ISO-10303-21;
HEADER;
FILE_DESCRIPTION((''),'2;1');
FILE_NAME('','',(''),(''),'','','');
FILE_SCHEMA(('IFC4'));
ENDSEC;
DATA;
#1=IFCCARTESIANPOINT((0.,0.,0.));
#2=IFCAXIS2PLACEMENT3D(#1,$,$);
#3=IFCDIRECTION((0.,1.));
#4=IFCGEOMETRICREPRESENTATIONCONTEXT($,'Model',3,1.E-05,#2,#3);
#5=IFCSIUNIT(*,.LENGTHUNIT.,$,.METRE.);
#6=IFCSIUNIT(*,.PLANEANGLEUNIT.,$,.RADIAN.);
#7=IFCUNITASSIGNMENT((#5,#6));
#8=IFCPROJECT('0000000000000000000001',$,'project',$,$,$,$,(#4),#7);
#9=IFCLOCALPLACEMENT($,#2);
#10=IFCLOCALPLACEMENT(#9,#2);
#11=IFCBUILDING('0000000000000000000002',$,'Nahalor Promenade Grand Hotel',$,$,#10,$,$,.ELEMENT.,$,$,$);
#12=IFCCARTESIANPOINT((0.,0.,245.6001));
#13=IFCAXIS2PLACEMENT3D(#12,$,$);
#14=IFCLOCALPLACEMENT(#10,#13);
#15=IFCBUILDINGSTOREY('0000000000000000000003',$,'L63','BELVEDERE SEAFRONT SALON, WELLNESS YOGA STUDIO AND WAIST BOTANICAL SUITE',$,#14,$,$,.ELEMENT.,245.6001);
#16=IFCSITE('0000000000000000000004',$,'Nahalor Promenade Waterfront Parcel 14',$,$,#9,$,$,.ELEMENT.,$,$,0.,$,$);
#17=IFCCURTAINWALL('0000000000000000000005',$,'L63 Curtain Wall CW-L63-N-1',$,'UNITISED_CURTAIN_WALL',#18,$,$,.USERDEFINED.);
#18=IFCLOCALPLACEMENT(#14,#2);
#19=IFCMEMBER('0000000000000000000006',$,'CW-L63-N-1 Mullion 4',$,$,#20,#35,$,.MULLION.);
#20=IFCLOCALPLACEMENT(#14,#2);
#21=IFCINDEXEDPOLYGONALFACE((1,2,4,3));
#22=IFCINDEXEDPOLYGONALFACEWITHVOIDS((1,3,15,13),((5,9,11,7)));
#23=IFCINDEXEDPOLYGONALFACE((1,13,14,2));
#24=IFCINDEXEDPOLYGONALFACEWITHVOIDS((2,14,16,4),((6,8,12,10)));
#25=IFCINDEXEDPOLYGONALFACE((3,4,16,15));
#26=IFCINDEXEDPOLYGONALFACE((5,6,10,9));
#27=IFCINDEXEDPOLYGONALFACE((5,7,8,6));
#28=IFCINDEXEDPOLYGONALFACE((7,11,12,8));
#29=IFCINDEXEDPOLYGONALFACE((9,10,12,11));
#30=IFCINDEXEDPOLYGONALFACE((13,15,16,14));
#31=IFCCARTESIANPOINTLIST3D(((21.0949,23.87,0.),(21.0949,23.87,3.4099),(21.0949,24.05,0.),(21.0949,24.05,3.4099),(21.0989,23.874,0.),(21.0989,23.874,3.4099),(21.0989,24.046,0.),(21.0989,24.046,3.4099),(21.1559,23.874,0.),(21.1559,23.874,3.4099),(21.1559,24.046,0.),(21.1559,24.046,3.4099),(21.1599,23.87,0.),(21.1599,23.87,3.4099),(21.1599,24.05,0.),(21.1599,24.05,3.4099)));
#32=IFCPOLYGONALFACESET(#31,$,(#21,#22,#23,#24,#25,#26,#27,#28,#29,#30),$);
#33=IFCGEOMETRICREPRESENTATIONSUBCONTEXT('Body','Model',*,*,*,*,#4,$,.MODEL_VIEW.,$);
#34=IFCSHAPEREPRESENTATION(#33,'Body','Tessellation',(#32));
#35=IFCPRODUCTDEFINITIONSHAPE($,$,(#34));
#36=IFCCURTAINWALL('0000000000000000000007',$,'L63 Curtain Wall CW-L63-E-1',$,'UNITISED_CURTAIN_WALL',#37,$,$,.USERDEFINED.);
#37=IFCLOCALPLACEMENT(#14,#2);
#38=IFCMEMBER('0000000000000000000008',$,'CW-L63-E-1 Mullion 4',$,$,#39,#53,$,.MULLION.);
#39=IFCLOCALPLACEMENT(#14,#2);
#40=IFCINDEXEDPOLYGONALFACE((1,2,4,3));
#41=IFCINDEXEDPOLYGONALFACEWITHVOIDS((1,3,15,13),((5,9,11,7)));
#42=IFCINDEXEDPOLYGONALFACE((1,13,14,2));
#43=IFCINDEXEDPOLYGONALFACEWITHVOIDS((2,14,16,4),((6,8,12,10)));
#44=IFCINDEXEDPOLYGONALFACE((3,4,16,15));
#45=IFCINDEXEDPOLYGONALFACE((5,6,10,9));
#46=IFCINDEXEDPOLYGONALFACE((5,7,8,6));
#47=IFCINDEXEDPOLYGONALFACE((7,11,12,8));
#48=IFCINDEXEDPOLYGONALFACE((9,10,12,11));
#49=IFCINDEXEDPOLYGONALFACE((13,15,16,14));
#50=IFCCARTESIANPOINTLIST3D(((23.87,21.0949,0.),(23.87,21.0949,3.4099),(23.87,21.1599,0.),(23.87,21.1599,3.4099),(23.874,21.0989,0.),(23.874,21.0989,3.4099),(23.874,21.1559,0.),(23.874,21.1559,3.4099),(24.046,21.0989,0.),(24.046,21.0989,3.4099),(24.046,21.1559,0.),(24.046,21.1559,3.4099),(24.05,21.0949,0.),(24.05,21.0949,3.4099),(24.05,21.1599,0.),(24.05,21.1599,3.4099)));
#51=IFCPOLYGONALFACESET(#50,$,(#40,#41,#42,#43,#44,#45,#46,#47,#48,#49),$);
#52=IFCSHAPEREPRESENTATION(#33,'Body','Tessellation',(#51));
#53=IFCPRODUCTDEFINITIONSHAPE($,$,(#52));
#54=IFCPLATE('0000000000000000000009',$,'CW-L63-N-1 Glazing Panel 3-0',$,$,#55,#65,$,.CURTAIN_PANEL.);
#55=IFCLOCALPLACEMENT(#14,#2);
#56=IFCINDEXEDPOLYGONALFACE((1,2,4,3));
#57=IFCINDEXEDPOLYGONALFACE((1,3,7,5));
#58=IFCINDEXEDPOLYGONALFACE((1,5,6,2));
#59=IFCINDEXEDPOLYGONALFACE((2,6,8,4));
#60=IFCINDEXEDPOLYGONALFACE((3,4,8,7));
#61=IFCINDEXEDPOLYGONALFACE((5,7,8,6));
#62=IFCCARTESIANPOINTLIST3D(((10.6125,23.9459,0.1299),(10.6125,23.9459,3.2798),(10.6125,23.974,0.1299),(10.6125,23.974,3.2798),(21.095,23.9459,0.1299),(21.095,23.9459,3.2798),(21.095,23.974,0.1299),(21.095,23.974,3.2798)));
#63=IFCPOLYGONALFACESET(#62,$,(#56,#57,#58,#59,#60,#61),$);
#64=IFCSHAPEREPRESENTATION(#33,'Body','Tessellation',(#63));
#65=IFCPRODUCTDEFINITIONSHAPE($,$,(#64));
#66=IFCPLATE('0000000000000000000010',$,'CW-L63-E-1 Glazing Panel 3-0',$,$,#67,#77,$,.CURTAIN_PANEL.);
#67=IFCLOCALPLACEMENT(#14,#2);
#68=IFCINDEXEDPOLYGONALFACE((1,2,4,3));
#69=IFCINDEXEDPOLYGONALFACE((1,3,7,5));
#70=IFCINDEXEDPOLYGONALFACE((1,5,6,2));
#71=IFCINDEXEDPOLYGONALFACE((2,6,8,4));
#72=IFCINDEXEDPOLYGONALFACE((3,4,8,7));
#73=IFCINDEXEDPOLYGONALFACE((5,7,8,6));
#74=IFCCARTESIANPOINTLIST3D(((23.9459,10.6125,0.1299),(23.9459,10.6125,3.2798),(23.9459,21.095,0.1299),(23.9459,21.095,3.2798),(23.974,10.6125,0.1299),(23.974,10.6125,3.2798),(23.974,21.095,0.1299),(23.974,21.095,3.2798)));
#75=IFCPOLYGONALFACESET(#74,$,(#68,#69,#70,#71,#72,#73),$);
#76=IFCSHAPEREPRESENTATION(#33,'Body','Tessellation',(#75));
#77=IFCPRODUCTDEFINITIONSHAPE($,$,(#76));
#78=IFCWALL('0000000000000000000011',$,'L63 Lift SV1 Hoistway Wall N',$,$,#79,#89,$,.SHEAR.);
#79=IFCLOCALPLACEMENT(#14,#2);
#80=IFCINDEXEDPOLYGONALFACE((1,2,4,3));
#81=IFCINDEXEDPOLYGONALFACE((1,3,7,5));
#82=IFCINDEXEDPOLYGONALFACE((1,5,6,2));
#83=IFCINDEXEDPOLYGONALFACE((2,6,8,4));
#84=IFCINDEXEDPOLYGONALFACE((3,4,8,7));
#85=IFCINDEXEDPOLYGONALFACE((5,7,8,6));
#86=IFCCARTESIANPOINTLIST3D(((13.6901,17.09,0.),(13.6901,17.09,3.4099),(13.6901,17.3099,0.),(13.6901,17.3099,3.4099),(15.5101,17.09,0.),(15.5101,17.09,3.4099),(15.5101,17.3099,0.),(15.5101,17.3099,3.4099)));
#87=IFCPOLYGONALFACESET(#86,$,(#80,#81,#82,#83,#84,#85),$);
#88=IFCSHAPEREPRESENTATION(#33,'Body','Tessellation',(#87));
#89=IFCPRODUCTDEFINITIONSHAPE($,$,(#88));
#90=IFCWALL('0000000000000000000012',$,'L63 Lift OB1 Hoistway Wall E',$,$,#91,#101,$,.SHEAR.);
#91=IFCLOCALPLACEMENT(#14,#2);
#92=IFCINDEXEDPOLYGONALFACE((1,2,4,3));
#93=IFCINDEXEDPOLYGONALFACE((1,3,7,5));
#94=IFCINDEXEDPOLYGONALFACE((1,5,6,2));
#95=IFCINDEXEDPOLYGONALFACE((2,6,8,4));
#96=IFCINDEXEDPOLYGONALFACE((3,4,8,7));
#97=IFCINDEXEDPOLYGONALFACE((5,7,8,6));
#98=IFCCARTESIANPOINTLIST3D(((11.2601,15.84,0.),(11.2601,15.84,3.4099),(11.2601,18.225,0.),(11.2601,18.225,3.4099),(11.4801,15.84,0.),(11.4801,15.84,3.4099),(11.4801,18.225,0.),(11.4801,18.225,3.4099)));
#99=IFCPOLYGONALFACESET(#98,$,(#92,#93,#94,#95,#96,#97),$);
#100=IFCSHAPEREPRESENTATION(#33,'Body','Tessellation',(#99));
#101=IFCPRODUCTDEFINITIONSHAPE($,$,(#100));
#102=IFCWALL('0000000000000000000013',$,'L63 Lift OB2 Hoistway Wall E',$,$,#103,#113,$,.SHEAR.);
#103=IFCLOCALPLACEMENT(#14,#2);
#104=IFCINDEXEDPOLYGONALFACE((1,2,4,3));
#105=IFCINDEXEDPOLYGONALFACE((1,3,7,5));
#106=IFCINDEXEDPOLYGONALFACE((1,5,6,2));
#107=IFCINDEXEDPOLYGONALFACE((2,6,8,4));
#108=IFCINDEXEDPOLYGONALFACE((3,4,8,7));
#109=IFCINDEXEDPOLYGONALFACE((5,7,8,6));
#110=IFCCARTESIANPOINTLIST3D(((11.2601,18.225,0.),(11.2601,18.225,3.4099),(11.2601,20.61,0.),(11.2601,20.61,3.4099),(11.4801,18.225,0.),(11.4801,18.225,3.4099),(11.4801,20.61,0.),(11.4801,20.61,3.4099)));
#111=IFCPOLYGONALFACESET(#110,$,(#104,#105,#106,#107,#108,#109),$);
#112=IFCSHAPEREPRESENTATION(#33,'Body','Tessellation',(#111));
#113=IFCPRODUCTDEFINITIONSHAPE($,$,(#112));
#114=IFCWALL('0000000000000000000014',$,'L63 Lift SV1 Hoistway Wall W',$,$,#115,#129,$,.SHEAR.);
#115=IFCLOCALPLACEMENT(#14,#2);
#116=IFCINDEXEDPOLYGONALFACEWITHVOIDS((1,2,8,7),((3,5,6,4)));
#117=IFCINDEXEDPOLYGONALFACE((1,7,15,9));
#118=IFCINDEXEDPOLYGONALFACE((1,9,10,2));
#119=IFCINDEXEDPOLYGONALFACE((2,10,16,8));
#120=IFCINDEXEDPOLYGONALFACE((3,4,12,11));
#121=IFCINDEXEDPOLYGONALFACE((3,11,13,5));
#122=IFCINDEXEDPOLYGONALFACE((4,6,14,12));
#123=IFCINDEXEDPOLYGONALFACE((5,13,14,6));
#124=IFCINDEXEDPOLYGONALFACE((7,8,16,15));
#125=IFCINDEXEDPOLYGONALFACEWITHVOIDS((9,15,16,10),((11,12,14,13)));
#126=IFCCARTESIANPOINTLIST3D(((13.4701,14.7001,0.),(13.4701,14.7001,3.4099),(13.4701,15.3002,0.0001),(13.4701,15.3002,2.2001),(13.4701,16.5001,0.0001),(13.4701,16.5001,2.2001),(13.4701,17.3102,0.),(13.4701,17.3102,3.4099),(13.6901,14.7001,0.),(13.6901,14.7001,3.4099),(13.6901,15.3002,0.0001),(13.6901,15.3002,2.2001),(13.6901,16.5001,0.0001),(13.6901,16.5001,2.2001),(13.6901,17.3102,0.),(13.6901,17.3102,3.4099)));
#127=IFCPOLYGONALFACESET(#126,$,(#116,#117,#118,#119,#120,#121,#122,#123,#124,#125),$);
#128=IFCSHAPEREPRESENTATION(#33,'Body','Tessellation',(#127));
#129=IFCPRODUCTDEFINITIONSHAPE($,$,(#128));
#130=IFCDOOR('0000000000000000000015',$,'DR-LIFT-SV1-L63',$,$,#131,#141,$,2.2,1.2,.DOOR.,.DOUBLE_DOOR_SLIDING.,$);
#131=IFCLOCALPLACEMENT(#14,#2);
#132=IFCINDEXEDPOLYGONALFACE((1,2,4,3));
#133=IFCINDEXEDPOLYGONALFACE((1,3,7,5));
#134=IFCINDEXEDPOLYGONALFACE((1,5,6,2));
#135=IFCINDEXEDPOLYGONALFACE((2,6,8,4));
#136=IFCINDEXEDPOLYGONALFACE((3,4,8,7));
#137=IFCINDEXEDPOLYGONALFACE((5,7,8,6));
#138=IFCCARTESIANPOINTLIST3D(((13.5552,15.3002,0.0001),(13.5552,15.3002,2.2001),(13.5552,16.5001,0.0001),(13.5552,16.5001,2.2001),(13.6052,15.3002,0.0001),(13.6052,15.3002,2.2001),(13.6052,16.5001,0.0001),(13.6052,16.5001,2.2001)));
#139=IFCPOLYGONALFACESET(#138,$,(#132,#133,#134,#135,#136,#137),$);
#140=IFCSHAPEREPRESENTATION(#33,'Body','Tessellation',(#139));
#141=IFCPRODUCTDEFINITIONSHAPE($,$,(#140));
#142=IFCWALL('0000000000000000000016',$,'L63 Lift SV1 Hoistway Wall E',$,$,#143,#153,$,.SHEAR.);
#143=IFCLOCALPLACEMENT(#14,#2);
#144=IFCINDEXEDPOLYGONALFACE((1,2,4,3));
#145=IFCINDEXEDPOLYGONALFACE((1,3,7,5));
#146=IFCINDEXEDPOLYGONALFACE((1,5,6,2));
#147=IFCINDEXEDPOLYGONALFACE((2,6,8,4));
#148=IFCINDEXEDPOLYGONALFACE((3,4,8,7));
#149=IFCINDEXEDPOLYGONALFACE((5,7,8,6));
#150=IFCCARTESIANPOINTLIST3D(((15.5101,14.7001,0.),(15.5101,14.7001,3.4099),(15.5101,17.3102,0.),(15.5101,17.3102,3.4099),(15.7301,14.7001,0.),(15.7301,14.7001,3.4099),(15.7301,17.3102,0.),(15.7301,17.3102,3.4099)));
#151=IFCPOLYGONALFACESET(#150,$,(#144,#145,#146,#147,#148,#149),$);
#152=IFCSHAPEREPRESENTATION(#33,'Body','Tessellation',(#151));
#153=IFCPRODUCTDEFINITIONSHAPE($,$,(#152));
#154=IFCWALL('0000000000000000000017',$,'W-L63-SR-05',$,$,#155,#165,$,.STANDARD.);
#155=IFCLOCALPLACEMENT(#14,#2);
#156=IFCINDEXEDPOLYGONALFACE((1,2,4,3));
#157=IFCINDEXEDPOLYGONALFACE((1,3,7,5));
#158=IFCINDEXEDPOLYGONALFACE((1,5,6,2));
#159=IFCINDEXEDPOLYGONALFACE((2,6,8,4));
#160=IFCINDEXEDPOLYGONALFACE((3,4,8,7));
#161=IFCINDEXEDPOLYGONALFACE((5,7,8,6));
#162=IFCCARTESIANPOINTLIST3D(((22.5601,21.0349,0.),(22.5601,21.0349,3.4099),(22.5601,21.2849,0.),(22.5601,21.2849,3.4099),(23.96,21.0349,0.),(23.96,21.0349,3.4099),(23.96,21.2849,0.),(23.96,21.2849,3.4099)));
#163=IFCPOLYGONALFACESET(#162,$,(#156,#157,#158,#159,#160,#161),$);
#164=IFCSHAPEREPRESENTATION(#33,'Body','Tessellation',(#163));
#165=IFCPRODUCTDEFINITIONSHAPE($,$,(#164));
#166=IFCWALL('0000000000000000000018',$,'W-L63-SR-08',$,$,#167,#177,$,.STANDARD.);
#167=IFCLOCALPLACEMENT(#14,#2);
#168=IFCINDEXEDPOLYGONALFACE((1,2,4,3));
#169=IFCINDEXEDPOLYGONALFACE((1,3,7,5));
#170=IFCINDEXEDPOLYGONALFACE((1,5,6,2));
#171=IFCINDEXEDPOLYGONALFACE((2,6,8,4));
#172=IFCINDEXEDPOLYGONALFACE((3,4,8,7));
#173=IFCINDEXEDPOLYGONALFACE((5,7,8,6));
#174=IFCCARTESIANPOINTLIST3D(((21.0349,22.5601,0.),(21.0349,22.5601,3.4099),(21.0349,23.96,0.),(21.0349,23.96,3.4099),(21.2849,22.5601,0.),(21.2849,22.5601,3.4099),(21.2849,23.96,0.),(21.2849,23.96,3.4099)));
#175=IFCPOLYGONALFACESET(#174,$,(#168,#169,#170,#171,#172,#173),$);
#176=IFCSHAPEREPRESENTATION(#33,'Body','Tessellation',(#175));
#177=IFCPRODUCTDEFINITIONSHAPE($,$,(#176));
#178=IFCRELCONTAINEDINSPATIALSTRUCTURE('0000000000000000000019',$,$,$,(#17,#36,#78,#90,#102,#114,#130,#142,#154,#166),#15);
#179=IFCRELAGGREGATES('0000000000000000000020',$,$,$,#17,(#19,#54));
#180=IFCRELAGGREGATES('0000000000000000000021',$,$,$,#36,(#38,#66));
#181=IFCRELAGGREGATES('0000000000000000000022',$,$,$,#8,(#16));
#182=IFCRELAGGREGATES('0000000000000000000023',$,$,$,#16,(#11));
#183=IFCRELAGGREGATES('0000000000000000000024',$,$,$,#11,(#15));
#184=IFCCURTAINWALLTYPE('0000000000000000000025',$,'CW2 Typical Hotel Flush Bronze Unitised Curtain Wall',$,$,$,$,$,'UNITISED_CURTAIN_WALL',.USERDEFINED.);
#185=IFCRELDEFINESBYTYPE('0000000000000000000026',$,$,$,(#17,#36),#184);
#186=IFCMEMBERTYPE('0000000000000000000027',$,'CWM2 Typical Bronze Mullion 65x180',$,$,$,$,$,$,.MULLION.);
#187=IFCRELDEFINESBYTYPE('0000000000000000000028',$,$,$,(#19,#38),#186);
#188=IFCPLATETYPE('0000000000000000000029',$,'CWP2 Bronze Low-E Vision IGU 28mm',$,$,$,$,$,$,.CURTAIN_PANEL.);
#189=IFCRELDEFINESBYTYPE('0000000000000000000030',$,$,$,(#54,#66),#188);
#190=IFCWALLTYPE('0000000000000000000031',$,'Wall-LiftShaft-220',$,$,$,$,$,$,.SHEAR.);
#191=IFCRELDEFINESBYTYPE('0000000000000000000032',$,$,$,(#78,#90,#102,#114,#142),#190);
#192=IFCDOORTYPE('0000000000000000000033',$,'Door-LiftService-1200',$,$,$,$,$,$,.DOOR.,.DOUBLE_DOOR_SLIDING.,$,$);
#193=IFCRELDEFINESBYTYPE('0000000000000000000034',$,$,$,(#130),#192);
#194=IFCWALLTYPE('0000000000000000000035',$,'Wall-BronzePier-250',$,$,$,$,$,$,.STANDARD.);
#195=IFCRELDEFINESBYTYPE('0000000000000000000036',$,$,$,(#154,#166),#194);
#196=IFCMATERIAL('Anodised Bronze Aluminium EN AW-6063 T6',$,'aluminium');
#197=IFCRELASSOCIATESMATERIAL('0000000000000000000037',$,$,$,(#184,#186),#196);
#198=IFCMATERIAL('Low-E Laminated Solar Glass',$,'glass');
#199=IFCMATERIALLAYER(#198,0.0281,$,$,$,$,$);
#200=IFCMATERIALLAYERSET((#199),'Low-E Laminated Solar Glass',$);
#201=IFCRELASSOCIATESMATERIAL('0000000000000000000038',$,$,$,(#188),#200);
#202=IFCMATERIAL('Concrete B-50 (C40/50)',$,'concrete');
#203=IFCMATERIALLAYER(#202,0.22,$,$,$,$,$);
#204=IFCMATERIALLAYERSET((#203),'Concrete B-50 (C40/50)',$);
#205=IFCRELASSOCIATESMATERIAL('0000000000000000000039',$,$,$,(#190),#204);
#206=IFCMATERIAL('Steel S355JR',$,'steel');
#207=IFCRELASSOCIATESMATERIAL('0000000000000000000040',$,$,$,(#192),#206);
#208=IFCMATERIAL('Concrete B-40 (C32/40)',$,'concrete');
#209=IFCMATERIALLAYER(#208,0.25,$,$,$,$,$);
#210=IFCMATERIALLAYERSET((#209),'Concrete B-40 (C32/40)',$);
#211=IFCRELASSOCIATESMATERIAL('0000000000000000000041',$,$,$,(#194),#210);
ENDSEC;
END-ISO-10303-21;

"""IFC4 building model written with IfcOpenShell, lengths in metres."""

from ifc_helpers import new_model, si_unit, direction, frame, frame_2d, origin, origin_2d, place, context, subcontext, project, spatial, rectangle, hollow_rectangle, extrude, source, transform, mapped, material, layer, layer_set, material_profile, profile_set, type_object, element, fill, aggregate, save


model = new_model("IFC4")

# Units and contexts
model_context = context("Model", 3, precision=1e-05, world=origin(), true_north=direction((0.0, 1.0)))
body_context = subcontext(model_context, "Body", "Model", "MODEL_VIEW")
ifc_project = project(units=[si_unit("LENGTHUNIT", "METRE"), si_unit("PLANEANGLEUNIT", "RADIAN")], contexts=[model_context])

# Site, building, storey
site_placement = place(None, origin())
site = spatial("IfcSite", under=ifc_project, at=site_placement, Name="Nahalor Promenade Waterfront Parcel 14", CompositionType="ELEMENT", RefElevation=0.0)
building_placement = place(site_placement, origin())
building = spatial("IfcBuilding", under=site, at=building_placement, Name="Nahalor Promenade Grand Hotel", CompositionType="ELEMENT")
storey_placement = place(building_placement, frame((0.0, 0.0, 245.6001)))
storey = spatial("IfcBuildingStorey", under=building, at=storey_placement, Name="L63", Description="BELVEDERE SEAFRONT SALON, WELLNESS YOGA STUDIO AND WAIST BOTANICAL SUITE", CompositionType="ELEMENT", Elevation=245.6001)

# Shared definitions
ifc_material_1 = material(Name="Steel S355JR", Category="steel")

# Curtain wall, member
ifc_material_2 = material(Name="Anodised Bronze Aluminium EN AW-6063 T6", Category="aluminium")
curtain_wall_type = type_object("IfcCurtainWallType", Name="CW2 Typical Hotel Flush Bronze Unitised Curtain Wall", ElementType="UNITISED_CURTAIN_WALL", PredefinedType="USERDEFINED", material=ifc_material_2)
curtain_wall_1_placement = place(storey_placement, origin())
curtain_wall_1 = element("IfcCurtainWall", 1, at=curtain_wall_1_placement, inside=storey, type_object=curtain_wall_type, Name="L63 Curtain Wall CW-L63-N-1", ObjectType="UNITISED_CURTAIN_WALL", PredefinedType="USERDEFINED")
ifc_material_profile_1 = material_profile(ifc_material_2, hollow_rectangle(XDim=0.065, YDim=0.18, WallThickness=0.004, at=origin_2d()), Name="CWM 65x180x4")
ifc_profile_set_1 = profile_set([ifc_material_profile_1], Name="Anodised Bronze Aluminium EN AW-6063 T6")
member_type_1 = type_object("IfcMemberType", Name="CWM2 Typical Bronze Mullion 65x180", PredefinedType="MULLION", material=ifc_profile_set_1)
shared_shape_1 = source(origin(), body_context, "Body", "SweptSolid", [
    extrude(hollow_rectangle(XDim=0.065, YDim=0.18, WallThickness=0.004, at=origin_2d()), origin(), (0.0, 0.0, 1.0), 3.4099),
])
member_1_placement = place(storey_placement, frame((21.1274, 23.96, 0.0), z_axis=(0.0, 0.0, 1.0), x_axis=(1.0, 0.0, 0.0)))
member_1 = element("IfcMember", 2, at=member_1_placement, type_object=member_type_1, Name="CW-L63-N-1 Mullion 4", PredefinedType="MULLION", context=body_context, shape_type="MappedRepresentation", body=[
    mapped(shared_shape_1, transform((0.0, 0.0, 0.0), scale=1.0)),
])

# Curtain wall, member
curtain_wall_2_placement = place(storey_placement, origin())
curtain_wall_2 = element("IfcCurtainWall", 3, at=curtain_wall_2_placement, inside=storey, type_object=curtain_wall_type, Name="L63 Curtain Wall CW-L63-E-1", ObjectType="UNITISED_CURTAIN_WALL", PredefinedType="USERDEFINED")
member_2_placement = place(storey_placement, frame((23.96, 21.1274, 0.0), z_axis=(0.0, 0.0, 1.0), x_axis=(0.0, 1.0, 0.0)))
member_2 = element("IfcMember", 4, at=member_2_placement, type_object=member_type_1, Name="CW-L63-E-1 Mullion 4", PredefinedType="MULLION", context=body_context, shape_type="MappedRepresentation", body=[
    mapped(shared_shape_1, transform((0.0, 0.0, 0.0), scale=1.0)),
])

# Plates
ifc_material_3 = material(Name="Low-E Laminated Solar Glass", Category="glass")
ifc_layer_1 = layer(ifc_material_3, 0.0281)
ifc_layer_set_1 = layer_set([ifc_layer_1], Name="Low-E Laminated Solar Glass")
plate_type = type_object("IfcPlateType", Name="CWP2 Bronze Low-E Vision IGU 28mm", PredefinedType="CURTAIN_PANEL", material=ifc_layer_set_1)
shared_shape_2 = source(origin(), body_context, "Body", "SweptSolid", [
    extrude(rectangle(XDim=10.4824, YDim=0.0281, at=origin_2d()), origin(), (0.0, 0.0, 1.0), 3.1499),
])
plate_1_placement = place(storey_placement, frame((15.8538, 23.96, 0.1299), z_axis=(0.0, 0.0, 1.0), x_axis=(1.0, 0.0, 0.0)))
plate_1 = element("IfcPlate", 5, at=plate_1_placement, type_object=plate_type, Name="CW-L63-N-1 Glazing Panel 3-0", PredefinedType="CURTAIN_PANEL", context=body_context, shape_type="MappedRepresentation", body=[
    mapped(shared_shape_2, transform((0.0, 0.0, 0.0), scale=1.0)),
])
aggregate(curtain_wall_1, [member_1, plate_1])
plate_2_placement = place(storey_placement, frame((23.96, 15.8538, 0.1299), z_axis=(0.0, 0.0, 1.0), x_axis=(0.0, 1.0, 0.0)))
plate_2 = element("IfcPlate", 6, at=plate_2_placement, type_object=plate_type, Name="CW-L63-E-1 Glazing Panel 3-0", PredefinedType="CURTAIN_PANEL", context=body_context, shape_type="MappedRepresentation", body=[
    mapped(shared_shape_2, transform((0.0, 0.0, 0.0), scale=1.0)),
])
aggregate(curtain_wall_2, [member_2, plate_2])

# Walls
ifc_material_4 = material(Name="Concrete B-50 (C40/50)", Category="concrete")
ifc_layer_2 = layer(ifc_material_4, 0.22)
ifc_layer_set_2 = layer_set([ifc_layer_2], Name="Concrete B-50 (C40/50)")
wall_type_1 = type_object("IfcWallType", Name="Wall-LiftShaft-220", PredefinedType="SHEAR", material=ifc_layer_set_2)
shared_shape_3 = source(origin(), body_context, "Body", "SweptSolid", [
    extrude(rectangle(XDim=1.8201, YDim=0.22, at=frame_2d((0.9102, 0.0))), origin(), (0.0, 0.0, 1.0), 3.4099),
])
wall_1_placement = place(storey_placement, frame((13.6899, 17.2, 0.0), z_axis=(0.0, 0.0, 1.0), x_axis=(1.0, 0.0, 0.0)))
element("IfcWall", 7, at=wall_1_placement, inside=storey, type_object=wall_type_1, Name="L63 Lift SV1 Hoistway Wall N", PredefinedType="SHEAR", context=body_context, shape_type="MappedRepresentation", body=[
    mapped(shared_shape_3, transform((0.0, 0.0, 0.0), scale=1.0)),
])
shared_shape_4 = source(origin(), body_context, "Body", "SweptSolid", [
    extrude(rectangle(XDim=2.385, YDim=0.22, at=frame_2d((1.1924, 0.0))), origin(), (0.0, 0.0, 1.0), 3.4099),
])
for number, where, z_axis, x_axis, name in (
    (8, (11.3701, 15.8401, 0.0), (0.0, 0.0, 1.0), (0.0, 1.0, 0.0), "L63 Lift OB1 Hoistway Wall E"),
    (9, (11.3701, 18.2251, 0.0), (0.0, 0.0, 1.0), (0.0, 1.0, 0.0), "L63 Lift OB2 Hoistway Wall E"),
):
    element("IfcWall", number, at=place(storey_placement, frame(where, z_axis=z_axis, x_axis=x_axis)), inside=storey, type_object=wall_type_1, Name=name, PredefinedType="SHEAR", context=body_context, shape_type="MappedRepresentation", body=[
        mapped(shared_shape_4, transform((0.0, 0.0, 0.0), scale=1.0)),
    ])

# Wall, opening, door
shared_shape_5 = source(origin(), body_context, "Body", "SweptSolid", [
    extrude(rectangle(XDim=2.6101, YDim=0.22, at=frame_2d((1.3052, 0.0))), origin(), (0.0, 0.0, 1.0), 3.4099),
])
wall_2_placement = place(storey_placement, frame((13.5801, 14.7, 0.0), z_axis=(0.0, 0.0, 1.0), x_axis=(0.0, 1.0, 0.0)))
wall_2 = element("IfcWall", 10, at=wall_2_placement, inside=storey, type_object=wall_type_1, Name="L63 Lift SV1 Hoistway Wall W", PredefinedType="SHEAR", context=body_context, shape_type="MappedRepresentation", body=[
    mapped(shared_shape_5, transform((0.0, 0.0, 0.0), scale=1.0)),
])
opening_1_placement = place(wall_2_placement, frame((0.6001, 0.0, 0.0)))
opening_1 = element("IfcOpeningElement", 11, at=opening_1_placement, cuts=wall_2, PredefinedType="OPENING", context=body_context, shape_type="SweptSolid", body=[
    extrude(rectangle(XDim=1.2, YDim=2.2, at=frame_2d((0.6001, 1.1001))), frame((0.0, 0.1199, 0.0), z_axis=(0.0, -1.0, 0.0), x_axis=(1.0, 0.0, 0.0)), (0.0, 0.0, 1.0), 0.24),
])
door_type_1 = type_object("IfcDoorType", Name="Door-LiftService-1200", OperationType="DOUBLE_DOOR_SLIDING", PredefinedType="DOOR", material=ifc_material_1)
shared_shape_6 = source(origin(), body_context, "Body", "SweptSolid", [
    extrude(rectangle(XDim=1.2, YDim=2.2, at=frame_2d((0.6001, 1.1001))), frame((0.0, 0.0249, 0.0), z_axis=(0.0, -1.0, 0.0), x_axis=(1.0, 0.0, 0.0)), (0.0, 0.0, 1.0), 0.05),
])
door_1_placement = place(opening_1_placement, origin())
door_1 = element("IfcDoor", 12, at=door_1_placement, inside=storey, type_object=door_type_1, Name="DR-LIFT-SV1-L63", OperationType="DOUBLE_DOOR_SLIDING", OverallHeight=2.2, OverallWidth=1.2, PredefinedType="DOOR", context=body_context, shape_type="MappedRepresentation", body=[
    mapped(shared_shape_6, transform((0.0, 0.0, 0.0), scale=1.0)),
])
fill(opening_1, door_1)

# Walls
wall_3_placement = place(storey_placement, frame((15.6201, 14.7, 0.0), z_axis=(0.0, 0.0, 1.0), x_axis=(0.0, 1.0, 0.0)))
element("IfcWall", 13, at=wall_3_placement, inside=storey, type_object=wall_type_1, Name="L63 Lift SV1 Hoistway Wall E", PredefinedType="SHEAR", context=body_context, shape_type="MappedRepresentation", body=[
    mapped(shared_shape_5, transform((0.0, 0.0, 0.0), scale=1.0)),
])
ifc_material_5 = material(Name="Concrete B-40 (C32/40)", Category="concrete")
ifc_layer_3 = layer(ifc_material_5, 0.25)
ifc_layer_set_3 = layer_set([ifc_layer_3], Name="Concrete B-40 (C32/40)")
wall_type_2 = type_object("IfcWallType", Name="Wall-BronzePier-250", PredefinedType="STANDARD", material=ifc_layer_set_3)
shared_shape_7 = source(origin(), body_context, "Body", "SweptSolid", [
    extrude(rectangle(XDim=1.3999, YDim=0.25, at=frame_2d((0.7, 0.0))), origin(), (0.0, 0.0, 1.0), 3.4099),
])
for number, where, z_axis, x_axis, name in (
    (14, (22.5601, 21.1599, 0.0), (0.0, 0.0, 1.0), (1.0, 0.0, 0.0), "W-L63-SR-05"),
    (15, (21.1599, 22.5601, 0.0), (0.0, 0.0, 1.0), (0.0, 1.0, 0.0), "W-L63-SR-08"),
):
    element("IfcWall", number, at=place(storey_placement, frame(where, z_axis=z_axis, x_axis=x_axis)), inside=storey, type_object=wall_type_2, Name=name, PredefinedType="STANDARD", context=body_context, shape_type="MappedRepresentation", body=[
        mapped(shared_shape_7, transform((0.0, 0.0, 0.0), scale=1.0)),
    ])

save(model, "model.ifc")
